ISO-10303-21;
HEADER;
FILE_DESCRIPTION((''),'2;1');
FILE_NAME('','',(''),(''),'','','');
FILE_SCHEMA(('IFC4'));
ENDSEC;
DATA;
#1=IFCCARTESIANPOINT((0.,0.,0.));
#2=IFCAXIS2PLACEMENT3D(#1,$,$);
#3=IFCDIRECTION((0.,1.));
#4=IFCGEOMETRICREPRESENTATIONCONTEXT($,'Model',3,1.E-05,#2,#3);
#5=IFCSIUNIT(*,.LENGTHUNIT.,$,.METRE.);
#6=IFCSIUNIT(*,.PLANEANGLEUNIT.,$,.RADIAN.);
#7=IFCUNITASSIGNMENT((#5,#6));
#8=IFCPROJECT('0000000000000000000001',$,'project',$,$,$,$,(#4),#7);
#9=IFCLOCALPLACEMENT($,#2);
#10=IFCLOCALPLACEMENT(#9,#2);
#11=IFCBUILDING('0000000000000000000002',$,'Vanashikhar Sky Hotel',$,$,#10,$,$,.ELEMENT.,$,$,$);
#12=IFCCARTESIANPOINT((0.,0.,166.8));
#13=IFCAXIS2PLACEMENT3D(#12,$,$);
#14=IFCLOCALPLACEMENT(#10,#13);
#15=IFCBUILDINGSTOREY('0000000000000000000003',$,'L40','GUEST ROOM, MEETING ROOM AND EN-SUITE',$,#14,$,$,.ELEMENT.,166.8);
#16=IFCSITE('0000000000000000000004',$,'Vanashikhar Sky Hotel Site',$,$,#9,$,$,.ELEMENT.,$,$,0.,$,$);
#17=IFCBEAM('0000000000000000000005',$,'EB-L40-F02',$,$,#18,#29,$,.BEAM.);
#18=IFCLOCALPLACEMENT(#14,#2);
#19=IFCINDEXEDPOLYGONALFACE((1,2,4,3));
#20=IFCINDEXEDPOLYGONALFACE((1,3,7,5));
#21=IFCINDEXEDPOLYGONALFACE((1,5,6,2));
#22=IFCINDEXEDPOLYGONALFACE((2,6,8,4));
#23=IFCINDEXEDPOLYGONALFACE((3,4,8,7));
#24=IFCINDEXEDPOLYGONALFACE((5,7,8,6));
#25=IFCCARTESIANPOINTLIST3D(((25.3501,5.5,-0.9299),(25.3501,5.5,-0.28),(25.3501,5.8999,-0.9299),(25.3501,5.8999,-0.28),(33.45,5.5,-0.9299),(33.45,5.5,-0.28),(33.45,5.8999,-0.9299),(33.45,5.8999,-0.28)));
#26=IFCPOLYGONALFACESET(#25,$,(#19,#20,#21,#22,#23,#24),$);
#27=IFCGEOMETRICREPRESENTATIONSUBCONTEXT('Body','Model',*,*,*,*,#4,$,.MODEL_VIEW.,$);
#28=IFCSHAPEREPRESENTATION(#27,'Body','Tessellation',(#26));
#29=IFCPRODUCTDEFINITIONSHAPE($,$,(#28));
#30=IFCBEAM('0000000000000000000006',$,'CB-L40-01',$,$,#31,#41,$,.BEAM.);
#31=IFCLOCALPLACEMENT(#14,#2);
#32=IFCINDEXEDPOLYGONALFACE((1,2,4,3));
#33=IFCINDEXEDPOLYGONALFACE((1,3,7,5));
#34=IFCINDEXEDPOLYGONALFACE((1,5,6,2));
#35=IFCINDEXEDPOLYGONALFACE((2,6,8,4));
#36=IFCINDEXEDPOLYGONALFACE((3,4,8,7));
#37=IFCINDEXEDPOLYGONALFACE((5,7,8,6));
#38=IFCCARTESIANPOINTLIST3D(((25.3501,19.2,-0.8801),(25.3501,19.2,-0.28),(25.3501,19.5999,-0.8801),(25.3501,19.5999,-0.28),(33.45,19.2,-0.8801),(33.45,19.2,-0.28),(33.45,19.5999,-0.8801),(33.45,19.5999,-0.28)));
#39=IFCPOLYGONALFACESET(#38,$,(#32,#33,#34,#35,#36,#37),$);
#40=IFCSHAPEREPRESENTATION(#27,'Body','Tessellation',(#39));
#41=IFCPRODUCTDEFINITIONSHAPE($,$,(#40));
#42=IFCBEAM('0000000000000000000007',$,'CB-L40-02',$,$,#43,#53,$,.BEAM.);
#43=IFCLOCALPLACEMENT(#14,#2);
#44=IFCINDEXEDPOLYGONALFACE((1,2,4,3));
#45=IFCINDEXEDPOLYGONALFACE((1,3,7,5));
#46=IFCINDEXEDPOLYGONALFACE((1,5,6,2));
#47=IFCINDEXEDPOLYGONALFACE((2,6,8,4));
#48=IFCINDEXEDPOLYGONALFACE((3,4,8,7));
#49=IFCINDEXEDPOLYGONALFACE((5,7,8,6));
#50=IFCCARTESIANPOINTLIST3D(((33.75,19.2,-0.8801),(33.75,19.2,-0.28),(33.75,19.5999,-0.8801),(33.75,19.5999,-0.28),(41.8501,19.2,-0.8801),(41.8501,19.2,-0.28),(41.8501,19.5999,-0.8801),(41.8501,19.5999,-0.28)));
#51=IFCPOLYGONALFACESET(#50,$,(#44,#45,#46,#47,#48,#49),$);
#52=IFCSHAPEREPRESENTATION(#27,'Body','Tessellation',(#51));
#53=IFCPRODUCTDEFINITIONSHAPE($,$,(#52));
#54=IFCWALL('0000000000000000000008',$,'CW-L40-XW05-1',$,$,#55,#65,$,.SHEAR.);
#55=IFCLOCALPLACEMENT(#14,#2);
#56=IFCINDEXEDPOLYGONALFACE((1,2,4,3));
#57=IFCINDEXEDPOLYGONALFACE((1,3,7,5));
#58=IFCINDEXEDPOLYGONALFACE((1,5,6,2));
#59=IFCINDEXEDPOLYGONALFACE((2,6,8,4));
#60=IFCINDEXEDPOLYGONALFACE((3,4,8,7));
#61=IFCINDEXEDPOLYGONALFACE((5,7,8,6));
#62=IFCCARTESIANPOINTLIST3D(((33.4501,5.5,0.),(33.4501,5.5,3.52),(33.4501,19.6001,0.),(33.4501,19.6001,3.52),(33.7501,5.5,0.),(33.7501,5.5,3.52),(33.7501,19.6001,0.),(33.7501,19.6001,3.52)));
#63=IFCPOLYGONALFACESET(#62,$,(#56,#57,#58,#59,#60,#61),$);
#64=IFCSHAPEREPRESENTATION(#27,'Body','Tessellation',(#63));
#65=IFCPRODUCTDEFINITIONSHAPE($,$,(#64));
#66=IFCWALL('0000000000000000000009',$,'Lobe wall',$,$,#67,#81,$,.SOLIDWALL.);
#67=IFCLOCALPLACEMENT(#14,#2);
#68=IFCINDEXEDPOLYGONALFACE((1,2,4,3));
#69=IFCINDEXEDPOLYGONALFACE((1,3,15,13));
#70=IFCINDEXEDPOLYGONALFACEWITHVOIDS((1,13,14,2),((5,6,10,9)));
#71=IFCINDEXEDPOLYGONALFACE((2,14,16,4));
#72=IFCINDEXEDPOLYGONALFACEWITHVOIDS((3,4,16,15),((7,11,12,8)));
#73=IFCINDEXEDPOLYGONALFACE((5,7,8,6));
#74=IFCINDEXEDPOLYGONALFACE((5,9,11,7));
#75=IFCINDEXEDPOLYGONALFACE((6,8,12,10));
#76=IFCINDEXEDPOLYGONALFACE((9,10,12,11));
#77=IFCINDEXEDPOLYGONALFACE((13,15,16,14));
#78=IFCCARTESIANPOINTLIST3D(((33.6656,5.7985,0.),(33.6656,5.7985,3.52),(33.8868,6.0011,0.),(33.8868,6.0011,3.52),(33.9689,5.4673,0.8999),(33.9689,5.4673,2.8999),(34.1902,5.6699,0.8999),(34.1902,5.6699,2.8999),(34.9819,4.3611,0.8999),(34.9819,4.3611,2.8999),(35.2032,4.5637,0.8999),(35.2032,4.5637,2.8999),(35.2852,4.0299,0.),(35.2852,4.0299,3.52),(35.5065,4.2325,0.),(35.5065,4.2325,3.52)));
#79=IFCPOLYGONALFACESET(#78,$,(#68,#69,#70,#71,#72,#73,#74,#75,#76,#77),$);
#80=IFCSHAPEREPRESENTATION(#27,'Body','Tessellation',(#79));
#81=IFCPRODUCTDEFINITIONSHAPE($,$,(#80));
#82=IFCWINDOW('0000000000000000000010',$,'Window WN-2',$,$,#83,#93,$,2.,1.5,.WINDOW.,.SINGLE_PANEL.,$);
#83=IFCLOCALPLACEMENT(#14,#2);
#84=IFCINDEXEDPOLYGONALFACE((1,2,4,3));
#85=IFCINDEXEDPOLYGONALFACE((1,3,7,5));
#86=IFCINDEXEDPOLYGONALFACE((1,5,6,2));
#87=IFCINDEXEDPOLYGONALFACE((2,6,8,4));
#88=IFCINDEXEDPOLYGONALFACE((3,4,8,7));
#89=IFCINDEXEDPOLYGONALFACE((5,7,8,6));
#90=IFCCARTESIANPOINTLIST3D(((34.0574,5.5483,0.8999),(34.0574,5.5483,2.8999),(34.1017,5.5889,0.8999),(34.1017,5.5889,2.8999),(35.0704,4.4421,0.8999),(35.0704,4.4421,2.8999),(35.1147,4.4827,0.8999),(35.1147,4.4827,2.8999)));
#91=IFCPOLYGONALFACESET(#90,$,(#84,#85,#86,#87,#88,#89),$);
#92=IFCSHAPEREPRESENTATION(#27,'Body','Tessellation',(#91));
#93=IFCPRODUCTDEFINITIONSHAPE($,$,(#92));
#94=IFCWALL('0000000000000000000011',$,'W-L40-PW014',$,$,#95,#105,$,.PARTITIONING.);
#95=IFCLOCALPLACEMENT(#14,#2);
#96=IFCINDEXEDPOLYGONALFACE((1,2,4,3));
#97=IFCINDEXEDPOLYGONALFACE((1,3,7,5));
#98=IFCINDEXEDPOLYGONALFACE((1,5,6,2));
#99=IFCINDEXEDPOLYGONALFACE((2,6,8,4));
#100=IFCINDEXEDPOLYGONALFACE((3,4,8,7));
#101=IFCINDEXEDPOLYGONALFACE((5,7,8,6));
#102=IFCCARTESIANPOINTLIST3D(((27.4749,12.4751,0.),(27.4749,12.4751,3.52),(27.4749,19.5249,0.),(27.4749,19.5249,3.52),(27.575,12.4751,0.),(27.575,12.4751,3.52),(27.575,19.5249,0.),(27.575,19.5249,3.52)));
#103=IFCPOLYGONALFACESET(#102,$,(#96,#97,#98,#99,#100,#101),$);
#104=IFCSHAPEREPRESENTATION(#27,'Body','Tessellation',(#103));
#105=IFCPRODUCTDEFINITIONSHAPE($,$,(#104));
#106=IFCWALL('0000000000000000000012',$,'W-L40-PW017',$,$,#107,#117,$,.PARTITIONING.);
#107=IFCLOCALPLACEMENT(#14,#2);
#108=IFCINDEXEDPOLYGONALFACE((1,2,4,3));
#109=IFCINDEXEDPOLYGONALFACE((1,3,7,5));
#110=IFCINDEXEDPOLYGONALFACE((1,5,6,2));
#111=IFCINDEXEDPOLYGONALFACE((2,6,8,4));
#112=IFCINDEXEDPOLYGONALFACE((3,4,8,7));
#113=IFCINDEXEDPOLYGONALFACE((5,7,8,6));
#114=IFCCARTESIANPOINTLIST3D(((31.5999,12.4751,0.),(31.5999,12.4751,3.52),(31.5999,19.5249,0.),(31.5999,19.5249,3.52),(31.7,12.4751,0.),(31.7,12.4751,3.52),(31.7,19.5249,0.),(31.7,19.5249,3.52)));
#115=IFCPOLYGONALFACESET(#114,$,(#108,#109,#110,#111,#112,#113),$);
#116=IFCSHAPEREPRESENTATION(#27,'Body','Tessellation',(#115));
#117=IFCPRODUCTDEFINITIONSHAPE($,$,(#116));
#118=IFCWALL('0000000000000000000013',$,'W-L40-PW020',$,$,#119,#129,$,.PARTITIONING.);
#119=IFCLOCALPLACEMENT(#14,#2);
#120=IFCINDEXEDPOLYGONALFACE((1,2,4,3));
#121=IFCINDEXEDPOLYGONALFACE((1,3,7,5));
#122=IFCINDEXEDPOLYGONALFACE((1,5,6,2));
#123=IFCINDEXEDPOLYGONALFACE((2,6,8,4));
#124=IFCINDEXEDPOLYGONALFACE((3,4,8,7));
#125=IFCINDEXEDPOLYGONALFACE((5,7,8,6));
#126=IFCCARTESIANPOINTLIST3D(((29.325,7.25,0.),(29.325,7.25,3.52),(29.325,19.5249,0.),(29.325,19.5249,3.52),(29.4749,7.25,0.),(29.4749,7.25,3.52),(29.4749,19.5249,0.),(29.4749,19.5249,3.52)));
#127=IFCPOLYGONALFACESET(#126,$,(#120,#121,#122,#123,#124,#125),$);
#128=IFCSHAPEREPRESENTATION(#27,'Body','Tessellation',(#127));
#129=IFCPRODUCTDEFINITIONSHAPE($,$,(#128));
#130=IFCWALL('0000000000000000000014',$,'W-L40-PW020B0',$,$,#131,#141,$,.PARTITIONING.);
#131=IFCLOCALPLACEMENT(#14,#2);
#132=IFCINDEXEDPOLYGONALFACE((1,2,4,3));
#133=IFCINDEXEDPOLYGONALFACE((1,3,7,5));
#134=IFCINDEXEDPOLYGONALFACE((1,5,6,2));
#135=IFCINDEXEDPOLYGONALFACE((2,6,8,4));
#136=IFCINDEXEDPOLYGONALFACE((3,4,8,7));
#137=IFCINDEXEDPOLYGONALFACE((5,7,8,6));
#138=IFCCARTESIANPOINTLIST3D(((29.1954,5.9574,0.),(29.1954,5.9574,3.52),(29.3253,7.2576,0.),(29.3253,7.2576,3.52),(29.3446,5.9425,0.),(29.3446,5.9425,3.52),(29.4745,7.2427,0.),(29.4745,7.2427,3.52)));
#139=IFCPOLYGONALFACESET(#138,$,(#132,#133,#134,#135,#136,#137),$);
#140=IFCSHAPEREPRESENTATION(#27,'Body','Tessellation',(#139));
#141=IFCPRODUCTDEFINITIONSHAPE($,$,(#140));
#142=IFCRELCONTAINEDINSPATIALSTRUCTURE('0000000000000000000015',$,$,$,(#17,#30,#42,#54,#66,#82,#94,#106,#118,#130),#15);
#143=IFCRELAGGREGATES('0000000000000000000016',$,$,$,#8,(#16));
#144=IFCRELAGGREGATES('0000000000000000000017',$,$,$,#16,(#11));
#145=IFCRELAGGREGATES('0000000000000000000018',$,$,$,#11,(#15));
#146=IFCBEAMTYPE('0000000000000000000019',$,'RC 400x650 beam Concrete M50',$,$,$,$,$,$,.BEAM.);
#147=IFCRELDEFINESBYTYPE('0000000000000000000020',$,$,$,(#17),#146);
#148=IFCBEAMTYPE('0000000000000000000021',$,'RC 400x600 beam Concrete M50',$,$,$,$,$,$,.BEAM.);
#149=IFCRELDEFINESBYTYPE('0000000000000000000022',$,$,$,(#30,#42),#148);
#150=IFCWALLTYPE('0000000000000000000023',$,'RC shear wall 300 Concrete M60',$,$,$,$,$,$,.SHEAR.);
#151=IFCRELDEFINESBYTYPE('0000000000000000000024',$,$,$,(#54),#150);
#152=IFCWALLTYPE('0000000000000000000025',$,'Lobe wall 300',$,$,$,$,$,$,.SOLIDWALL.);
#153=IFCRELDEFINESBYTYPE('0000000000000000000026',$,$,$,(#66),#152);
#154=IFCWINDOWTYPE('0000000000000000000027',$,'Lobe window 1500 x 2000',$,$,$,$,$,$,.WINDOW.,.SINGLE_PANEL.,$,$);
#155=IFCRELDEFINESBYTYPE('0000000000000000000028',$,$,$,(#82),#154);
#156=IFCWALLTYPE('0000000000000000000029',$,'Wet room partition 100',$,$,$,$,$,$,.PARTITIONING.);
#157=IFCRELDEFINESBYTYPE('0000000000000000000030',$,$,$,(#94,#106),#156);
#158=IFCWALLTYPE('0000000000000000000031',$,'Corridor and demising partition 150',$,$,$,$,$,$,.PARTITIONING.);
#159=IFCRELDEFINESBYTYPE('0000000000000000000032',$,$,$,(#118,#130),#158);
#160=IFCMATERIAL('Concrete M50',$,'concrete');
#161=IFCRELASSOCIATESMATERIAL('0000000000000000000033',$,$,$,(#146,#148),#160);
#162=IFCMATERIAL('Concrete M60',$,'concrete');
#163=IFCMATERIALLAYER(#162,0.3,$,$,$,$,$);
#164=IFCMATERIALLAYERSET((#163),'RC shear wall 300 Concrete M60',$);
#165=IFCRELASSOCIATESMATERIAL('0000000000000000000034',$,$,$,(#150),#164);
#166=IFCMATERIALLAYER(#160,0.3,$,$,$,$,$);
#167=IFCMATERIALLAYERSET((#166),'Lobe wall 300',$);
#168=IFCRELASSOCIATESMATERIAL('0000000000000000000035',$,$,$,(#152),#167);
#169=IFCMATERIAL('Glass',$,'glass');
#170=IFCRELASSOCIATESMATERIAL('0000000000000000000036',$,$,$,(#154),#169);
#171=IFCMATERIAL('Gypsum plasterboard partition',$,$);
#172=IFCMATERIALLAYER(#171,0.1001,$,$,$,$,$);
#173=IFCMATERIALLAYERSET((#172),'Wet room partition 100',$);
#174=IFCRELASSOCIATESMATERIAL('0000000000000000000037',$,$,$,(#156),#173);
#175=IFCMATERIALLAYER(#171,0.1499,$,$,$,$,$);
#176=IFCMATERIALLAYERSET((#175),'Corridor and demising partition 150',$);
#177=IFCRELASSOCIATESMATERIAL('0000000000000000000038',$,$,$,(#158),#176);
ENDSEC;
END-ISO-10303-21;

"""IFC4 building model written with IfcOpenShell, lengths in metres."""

from ifc_helpers import new_model, si_unit, direction, frame, frame_2d, origin, origin_2d, place, context, subcontext, project, spatial, rectangle, extrude, source, transform, mapped, material, layer, layer_set, material_profile, profile_set, type_object, element, fill, save


model = new_model("IFC4")

# Units and contexts
model_context = context("Model", 3, precision=1e-05, world=origin(), true_north=direction((0.0, 1.0)))
body_context = subcontext(model_context, "Body", "Model", "MODEL_VIEW")
ifc_project = project(units=[si_unit("LENGTHUNIT", "METRE"), si_unit("PLANEANGLEUNIT", "RADIAN")], contexts=[model_context])

# Site, building, storey
site_placement = place(None, origin())
site = spatial("IfcSite", under=ifc_project, at=site_placement, Name="Vanashikhar Sky Hotel Site", CompositionType="ELEMENT", RefElevation=0.0)
building_placement = place(site_placement, origin())
building = spatial("IfcBuilding", under=site, at=building_placement, Name="Vanashikhar Sky Hotel", CompositionType="ELEMENT")
storey_placement = place(building_placement, frame((0.0, 0.0, 166.8)))
storey = spatial("IfcBuildingStorey", under=building, at=storey_placement, Name="L40", Description="GUEST ROOM, MEETING ROOM AND EN-SUITE", CompositionType="ELEMENT", Elevation=166.8)

# Beams
ifc_material_1 = material(Name="Concrete M50", Category="concrete")
ifc_material_profile_1 = material_profile(ifc_material_1, rectangle(XDim=0.3999, YDim=0.6499, at=origin_2d()))
ifc_profile_set_1 = profile_set([ifc_material_profile_1], Name="RC 400x650 beam Concrete M50")
beam_type_1 = type_object("IfcBeamType", Name="RC 400x650 beam Concrete M50", PredefinedType="BEAM", material=ifc_profile_set_1)
shared_shape_1 = source(origin(), body_context, "Body", "SweptSolid", [
    extrude(rectangle(XDim=0.3999, YDim=0.6499, at=origin_2d()), origin(), (0.0, 0.0, 1.0), 8.0999),
])
beam_1_placement = place(storey_placement, frame((25.3501, 5.7, -0.605), z_axis=(1.0, 0.0, 0.0), x_axis=(0.0, 1.0, 0.0)))
element("IfcBeam", 1, at=beam_1_placement, inside=storey, type_object=beam_type_1, Name="EB-L40-F02", PredefinedType="BEAM", context=body_context, shape_type="MappedRepresentation", body=[
    mapped(shared_shape_1, transform((0.0, 0.0, 0.0), scale=1.0)),
])
ifc_material_profile_2 = material_profile(ifc_material_1, rectangle(XDim=0.3999, YDim=0.6001, at=origin_2d()))
ifc_profile_set_2 = profile_set([ifc_material_profile_2], Name="RC 400x600 beam Concrete M50")
beam_type_2 = type_object("IfcBeamType", Name="RC 400x600 beam Concrete M50", PredefinedType="BEAM", material=ifc_profile_set_2)
shared_shape_2 = source(origin(), body_context, "Body", "SweptSolid", [
    extrude(rectangle(XDim=0.3999, YDim=0.6001, at=origin_2d()), origin(), (0.0, 0.0, 1.0), 8.0999),
])
beam_2_placement = place(storey_placement, frame((25.3501, 19.3999, -0.5801), z_axis=(1.0, 0.0, 0.0), x_axis=(0.0, 1.0, 0.0)))
element("IfcBeam", 2, at=beam_2_placement, inside=storey, type_object=beam_type_2, Name="CB-L40-01", PredefinedType="BEAM", context=body_context, shape_type="MappedRepresentation", body=[
    mapped(shared_shape_2, transform((0.0, 0.0, 0.0), scale=1.0)),
])
shared_shape_3 = source(origin(), body_context, "Body", "SweptSolid", [
    extrude(rectangle(XDim=0.3999, YDim=0.6001, at=origin_2d()), origin(), (0.0, 0.0, 1.0), 8.1001),
])
beam_3_placement = place(storey_placement, frame((33.75, 19.3999, -0.5801), z_axis=(1.0, 0.0, 0.0), x_axis=(0.0, 1.0, 0.0)))
element("IfcBeam", 3, at=beam_3_placement, inside=storey, type_object=beam_type_2, Name="CB-L40-02", PredefinedType="BEAM", context=body_context, shape_type="MappedRepresentation", body=[
    mapped(shared_shape_3, transform((0.0, 0.0, 0.0), scale=1.0)),
])

# Wall
ifc_material_2 = material(Name="Concrete M60", Category="concrete")
ifc_layer_1 = layer(ifc_material_2, 0.3)
ifc_layer_set_1 = layer_set([ifc_layer_1], Name="RC shear wall 300 Concrete M60")
wall_type_1 = type_object("IfcWallType", Name="RC shear wall 300 Concrete M60", PredefinedType="SHEAR", material=ifc_layer_set_1)
shared_shape_4 = source(origin(), body_context, "Body", "SweptSolid", [
    extrude(rectangle(XDim=14.1001, YDim=0.3, at=frame_2d((7.05, 0.0))), origin(), (0.0, 0.0, 1.0), 3.52),
])
wall_1_placement = place(storey_placement, frame((33.6001, 5.5, 0.0), z_axis=(0.0, 0.0, 1.0), x_axis=(0.0, 1.0, 0.0)))
element("IfcWall", 4, at=wall_1_placement, inside=storey, type_object=wall_type_1, Name="CW-L40-XW05-1", PredefinedType="SHEAR", context=body_context, shape_type="MappedRepresentation", body=[
    mapped(shared_shape_4, transform((0.0, 0.0, 0.0), scale=1.0)),
])

# Wall, opening, window
ifc_layer_2 = layer(ifc_material_1, 0.3)
ifc_layer_set_2 = layer_set([ifc_layer_2], Name="Lobe wall 300")
wall_type_2 = type_object("IfcWallType", Name="Lobe wall 300", PredefinedType="SOLIDWALL", material=ifc_layer_set_2)
shared_shape_5 = source(origin(), body_context, "Body", "SweptSolid", [
    extrude(rectangle(XDim=2.3982, YDim=0.3, at=frame_2d((1.1992, 0.0))), origin(), (0.0, 0.0, 1.0), 3.52),
])
wall_2_placement = place(storey_placement, frame((33.7761, 5.8999, 0.0), z_axis=(0.0, 0.0, 1.0), x_axis=(0.675374, -0.737475, 0.0)))
wall_2 = element("IfcWall", 5, at=wall_2_placement, inside=storey, type_object=wall_type_2, Name="Lobe wall", PredefinedType="SOLIDWALL", context=body_context, shape_type="MappedRepresentation", body=[
    mapped(shared_shape_5, transform((0.0, 0.0, 0.0), scale=1.0)),
])
shared_shape_6 = source(origin(), body_context, "Body", "SweptSolid", [
    extrude(rectangle(XDim=1.5, YDim=2.0, at=frame_2d((0.75, 1.0))), frame((0.0, 0.1602, 0.0), z_axis=(0.0, -1.0, 0.0), x_axis=(1.0, 0.0, 0.0)), (0.0, 0.0, 1.0), 0.3201),
])
opening_1_placement = place(wall_2_placement, frame((0.4492, 0.0, 0.8999)))
opening_1 = element("IfcOpeningElement", 6, at=opening_1_placement, cuts=wall_2, PredefinedType="OPENING", context=body_context, shape_type="MappedRepresentation", body=[
    mapped(shared_shape_6, transform((0.0, 0.0, 0.0), scale=1.0)),
])
ifc_material_3 = material(Name="Glass", Category="glass")
window_type_1 = type_object("IfcWindowType", Name="Lobe window 1500 x 2000", PartitioningType="SINGLE_PANEL", PredefinedType="WINDOW", material=ifc_material_3)
shared_shape_7 = source(origin(), body_context, "Body", "SweptSolid", [
    extrude(rectangle(XDim=1.5, YDim=2.0, at=frame_2d((0.75, 1.0))), frame((0.0, 0.03, 0.0), z_axis=(0.0, -1.0, 0.0), x_axis=(1.0, 0.0, 0.0)), (0.0, 0.0, 1.0), 0.0601),
])
window_1_placement = place(opening_1_placement, origin())
window_1 = element("IfcWindow", 7, at=window_1_placement, inside=storey, type_object=window_type_1, Name="Window WN-2", OverallHeight=2.0, OverallWidth=1.5, PartitioningType="SINGLE_PANEL", PredefinedType="WINDOW", context=body_context, shape_type="MappedRepresentation", body=[
    mapped(shared_shape_7, transform((0.0, 0.0, 0.0), scale=1.0)),
])
fill(opening_1, window_1)

# Walls
ifc_material_4 = material(Name="Gypsum plasterboard partition")
ifc_layer_3 = layer(ifc_material_4, 0.1001)
ifc_layer_set_3 = layer_set([ifc_layer_3], Name="Wet room partition 100")
wall_type_3 = type_object("IfcWallType", Name="Wet room partition 100", PredefinedType="PARTITIONING", material=ifc_layer_set_3)
shared_shape_8 = source(origin(), body_context, "Body", "SweptSolid", [
    extrude(rectangle(XDim=7.0498, YDim=0.1001, at=frame_2d((3.5249, 0.0))), origin(), (0.0, 0.0, 1.0), 3.52),
])
for number, where, z_axis, x_axis, name in (
    (8, (27.5249, 12.4751, 0.0), (0.0, 0.0, 1.0), (0.0, 1.0, 0.0), "W-L40-PW014"),
    (9, (31.6499, 12.4751, 0.0), (0.0, 0.0, 1.0), (0.0, 1.0, 0.0), "W-L40-PW017"),
):
    element("IfcWall", number, at=place(storey_placement, frame(where, z_axis=z_axis, x_axis=x_axis)), inside=storey, type_object=wall_type_3, Name=name, PredefinedType="PARTITIONING", context=body_context, shape_type="MappedRepresentation", body=[
        mapped(shared_shape_8, transform((0.0, 0.0, 0.0), scale=1.0)),
    ])
ifc_layer_4 = layer(ifc_material_4, 0.1499)
ifc_layer_set_4 = layer_set([ifc_layer_4], Name="Corridor and demising partition 150")
wall_type_4 = type_object("IfcWallType", Name="Corridor and demising partition 150", PredefinedType="PARTITIONING", material=ifc_layer_set_4)
shared_shape_9 = source(origin(), body_context, "Body", "SweptSolid", [
    extrude(rectangle(XDim=12.2749, YDim=0.1499, at=frame_2d((6.1375, 0.0))), origin(), (0.0, 0.0, 1.0), 3.52),
])
wall_3_placement = place(storey_placement, frame((29.3999, 7.25, 0.0), z_axis=(0.0, 0.0, 1.0), x_axis=(0.0, 1.0, 0.0)))
element("IfcWall", 10, at=wall_3_placement, inside=storey, type_object=wall_type_4, Name="W-L40-PW020", PredefinedType="PARTITIONING", context=body_context, shape_type="MappedRepresentation", body=[
    mapped(shared_shape_9, transform((0.0, 0.0, 0.0), scale=1.0)),
])
shared_shape_10 = source(origin(), body_context, "Body", "SweptSolid", [
    extrude(rectangle(XDim=1.3066, YDim=0.1499, at=frame_2d((0.6533, 0.0))), origin(), (0.0, 0.0, 1.0), 3.52),
])
wall_4_placement = place(storey_placement, frame((29.27, 5.95, 0.0), z_axis=(0.0, 0.0, 1.0), x_axis=(0.099411, 0.995046, 0.0)))
element("IfcWall", 11, at=wall_4_placement, inside=storey, type_object=wall_type_4, Name="W-L40-PW020B0", PredefinedType="PARTITIONING", context=body_context, shape_type="MappedRepresentation", body=[
    mapped(shared_shape_10, transform((0.0, 0.0, 0.0), scale=1.0)),
])

save(model, "model.ifc")
